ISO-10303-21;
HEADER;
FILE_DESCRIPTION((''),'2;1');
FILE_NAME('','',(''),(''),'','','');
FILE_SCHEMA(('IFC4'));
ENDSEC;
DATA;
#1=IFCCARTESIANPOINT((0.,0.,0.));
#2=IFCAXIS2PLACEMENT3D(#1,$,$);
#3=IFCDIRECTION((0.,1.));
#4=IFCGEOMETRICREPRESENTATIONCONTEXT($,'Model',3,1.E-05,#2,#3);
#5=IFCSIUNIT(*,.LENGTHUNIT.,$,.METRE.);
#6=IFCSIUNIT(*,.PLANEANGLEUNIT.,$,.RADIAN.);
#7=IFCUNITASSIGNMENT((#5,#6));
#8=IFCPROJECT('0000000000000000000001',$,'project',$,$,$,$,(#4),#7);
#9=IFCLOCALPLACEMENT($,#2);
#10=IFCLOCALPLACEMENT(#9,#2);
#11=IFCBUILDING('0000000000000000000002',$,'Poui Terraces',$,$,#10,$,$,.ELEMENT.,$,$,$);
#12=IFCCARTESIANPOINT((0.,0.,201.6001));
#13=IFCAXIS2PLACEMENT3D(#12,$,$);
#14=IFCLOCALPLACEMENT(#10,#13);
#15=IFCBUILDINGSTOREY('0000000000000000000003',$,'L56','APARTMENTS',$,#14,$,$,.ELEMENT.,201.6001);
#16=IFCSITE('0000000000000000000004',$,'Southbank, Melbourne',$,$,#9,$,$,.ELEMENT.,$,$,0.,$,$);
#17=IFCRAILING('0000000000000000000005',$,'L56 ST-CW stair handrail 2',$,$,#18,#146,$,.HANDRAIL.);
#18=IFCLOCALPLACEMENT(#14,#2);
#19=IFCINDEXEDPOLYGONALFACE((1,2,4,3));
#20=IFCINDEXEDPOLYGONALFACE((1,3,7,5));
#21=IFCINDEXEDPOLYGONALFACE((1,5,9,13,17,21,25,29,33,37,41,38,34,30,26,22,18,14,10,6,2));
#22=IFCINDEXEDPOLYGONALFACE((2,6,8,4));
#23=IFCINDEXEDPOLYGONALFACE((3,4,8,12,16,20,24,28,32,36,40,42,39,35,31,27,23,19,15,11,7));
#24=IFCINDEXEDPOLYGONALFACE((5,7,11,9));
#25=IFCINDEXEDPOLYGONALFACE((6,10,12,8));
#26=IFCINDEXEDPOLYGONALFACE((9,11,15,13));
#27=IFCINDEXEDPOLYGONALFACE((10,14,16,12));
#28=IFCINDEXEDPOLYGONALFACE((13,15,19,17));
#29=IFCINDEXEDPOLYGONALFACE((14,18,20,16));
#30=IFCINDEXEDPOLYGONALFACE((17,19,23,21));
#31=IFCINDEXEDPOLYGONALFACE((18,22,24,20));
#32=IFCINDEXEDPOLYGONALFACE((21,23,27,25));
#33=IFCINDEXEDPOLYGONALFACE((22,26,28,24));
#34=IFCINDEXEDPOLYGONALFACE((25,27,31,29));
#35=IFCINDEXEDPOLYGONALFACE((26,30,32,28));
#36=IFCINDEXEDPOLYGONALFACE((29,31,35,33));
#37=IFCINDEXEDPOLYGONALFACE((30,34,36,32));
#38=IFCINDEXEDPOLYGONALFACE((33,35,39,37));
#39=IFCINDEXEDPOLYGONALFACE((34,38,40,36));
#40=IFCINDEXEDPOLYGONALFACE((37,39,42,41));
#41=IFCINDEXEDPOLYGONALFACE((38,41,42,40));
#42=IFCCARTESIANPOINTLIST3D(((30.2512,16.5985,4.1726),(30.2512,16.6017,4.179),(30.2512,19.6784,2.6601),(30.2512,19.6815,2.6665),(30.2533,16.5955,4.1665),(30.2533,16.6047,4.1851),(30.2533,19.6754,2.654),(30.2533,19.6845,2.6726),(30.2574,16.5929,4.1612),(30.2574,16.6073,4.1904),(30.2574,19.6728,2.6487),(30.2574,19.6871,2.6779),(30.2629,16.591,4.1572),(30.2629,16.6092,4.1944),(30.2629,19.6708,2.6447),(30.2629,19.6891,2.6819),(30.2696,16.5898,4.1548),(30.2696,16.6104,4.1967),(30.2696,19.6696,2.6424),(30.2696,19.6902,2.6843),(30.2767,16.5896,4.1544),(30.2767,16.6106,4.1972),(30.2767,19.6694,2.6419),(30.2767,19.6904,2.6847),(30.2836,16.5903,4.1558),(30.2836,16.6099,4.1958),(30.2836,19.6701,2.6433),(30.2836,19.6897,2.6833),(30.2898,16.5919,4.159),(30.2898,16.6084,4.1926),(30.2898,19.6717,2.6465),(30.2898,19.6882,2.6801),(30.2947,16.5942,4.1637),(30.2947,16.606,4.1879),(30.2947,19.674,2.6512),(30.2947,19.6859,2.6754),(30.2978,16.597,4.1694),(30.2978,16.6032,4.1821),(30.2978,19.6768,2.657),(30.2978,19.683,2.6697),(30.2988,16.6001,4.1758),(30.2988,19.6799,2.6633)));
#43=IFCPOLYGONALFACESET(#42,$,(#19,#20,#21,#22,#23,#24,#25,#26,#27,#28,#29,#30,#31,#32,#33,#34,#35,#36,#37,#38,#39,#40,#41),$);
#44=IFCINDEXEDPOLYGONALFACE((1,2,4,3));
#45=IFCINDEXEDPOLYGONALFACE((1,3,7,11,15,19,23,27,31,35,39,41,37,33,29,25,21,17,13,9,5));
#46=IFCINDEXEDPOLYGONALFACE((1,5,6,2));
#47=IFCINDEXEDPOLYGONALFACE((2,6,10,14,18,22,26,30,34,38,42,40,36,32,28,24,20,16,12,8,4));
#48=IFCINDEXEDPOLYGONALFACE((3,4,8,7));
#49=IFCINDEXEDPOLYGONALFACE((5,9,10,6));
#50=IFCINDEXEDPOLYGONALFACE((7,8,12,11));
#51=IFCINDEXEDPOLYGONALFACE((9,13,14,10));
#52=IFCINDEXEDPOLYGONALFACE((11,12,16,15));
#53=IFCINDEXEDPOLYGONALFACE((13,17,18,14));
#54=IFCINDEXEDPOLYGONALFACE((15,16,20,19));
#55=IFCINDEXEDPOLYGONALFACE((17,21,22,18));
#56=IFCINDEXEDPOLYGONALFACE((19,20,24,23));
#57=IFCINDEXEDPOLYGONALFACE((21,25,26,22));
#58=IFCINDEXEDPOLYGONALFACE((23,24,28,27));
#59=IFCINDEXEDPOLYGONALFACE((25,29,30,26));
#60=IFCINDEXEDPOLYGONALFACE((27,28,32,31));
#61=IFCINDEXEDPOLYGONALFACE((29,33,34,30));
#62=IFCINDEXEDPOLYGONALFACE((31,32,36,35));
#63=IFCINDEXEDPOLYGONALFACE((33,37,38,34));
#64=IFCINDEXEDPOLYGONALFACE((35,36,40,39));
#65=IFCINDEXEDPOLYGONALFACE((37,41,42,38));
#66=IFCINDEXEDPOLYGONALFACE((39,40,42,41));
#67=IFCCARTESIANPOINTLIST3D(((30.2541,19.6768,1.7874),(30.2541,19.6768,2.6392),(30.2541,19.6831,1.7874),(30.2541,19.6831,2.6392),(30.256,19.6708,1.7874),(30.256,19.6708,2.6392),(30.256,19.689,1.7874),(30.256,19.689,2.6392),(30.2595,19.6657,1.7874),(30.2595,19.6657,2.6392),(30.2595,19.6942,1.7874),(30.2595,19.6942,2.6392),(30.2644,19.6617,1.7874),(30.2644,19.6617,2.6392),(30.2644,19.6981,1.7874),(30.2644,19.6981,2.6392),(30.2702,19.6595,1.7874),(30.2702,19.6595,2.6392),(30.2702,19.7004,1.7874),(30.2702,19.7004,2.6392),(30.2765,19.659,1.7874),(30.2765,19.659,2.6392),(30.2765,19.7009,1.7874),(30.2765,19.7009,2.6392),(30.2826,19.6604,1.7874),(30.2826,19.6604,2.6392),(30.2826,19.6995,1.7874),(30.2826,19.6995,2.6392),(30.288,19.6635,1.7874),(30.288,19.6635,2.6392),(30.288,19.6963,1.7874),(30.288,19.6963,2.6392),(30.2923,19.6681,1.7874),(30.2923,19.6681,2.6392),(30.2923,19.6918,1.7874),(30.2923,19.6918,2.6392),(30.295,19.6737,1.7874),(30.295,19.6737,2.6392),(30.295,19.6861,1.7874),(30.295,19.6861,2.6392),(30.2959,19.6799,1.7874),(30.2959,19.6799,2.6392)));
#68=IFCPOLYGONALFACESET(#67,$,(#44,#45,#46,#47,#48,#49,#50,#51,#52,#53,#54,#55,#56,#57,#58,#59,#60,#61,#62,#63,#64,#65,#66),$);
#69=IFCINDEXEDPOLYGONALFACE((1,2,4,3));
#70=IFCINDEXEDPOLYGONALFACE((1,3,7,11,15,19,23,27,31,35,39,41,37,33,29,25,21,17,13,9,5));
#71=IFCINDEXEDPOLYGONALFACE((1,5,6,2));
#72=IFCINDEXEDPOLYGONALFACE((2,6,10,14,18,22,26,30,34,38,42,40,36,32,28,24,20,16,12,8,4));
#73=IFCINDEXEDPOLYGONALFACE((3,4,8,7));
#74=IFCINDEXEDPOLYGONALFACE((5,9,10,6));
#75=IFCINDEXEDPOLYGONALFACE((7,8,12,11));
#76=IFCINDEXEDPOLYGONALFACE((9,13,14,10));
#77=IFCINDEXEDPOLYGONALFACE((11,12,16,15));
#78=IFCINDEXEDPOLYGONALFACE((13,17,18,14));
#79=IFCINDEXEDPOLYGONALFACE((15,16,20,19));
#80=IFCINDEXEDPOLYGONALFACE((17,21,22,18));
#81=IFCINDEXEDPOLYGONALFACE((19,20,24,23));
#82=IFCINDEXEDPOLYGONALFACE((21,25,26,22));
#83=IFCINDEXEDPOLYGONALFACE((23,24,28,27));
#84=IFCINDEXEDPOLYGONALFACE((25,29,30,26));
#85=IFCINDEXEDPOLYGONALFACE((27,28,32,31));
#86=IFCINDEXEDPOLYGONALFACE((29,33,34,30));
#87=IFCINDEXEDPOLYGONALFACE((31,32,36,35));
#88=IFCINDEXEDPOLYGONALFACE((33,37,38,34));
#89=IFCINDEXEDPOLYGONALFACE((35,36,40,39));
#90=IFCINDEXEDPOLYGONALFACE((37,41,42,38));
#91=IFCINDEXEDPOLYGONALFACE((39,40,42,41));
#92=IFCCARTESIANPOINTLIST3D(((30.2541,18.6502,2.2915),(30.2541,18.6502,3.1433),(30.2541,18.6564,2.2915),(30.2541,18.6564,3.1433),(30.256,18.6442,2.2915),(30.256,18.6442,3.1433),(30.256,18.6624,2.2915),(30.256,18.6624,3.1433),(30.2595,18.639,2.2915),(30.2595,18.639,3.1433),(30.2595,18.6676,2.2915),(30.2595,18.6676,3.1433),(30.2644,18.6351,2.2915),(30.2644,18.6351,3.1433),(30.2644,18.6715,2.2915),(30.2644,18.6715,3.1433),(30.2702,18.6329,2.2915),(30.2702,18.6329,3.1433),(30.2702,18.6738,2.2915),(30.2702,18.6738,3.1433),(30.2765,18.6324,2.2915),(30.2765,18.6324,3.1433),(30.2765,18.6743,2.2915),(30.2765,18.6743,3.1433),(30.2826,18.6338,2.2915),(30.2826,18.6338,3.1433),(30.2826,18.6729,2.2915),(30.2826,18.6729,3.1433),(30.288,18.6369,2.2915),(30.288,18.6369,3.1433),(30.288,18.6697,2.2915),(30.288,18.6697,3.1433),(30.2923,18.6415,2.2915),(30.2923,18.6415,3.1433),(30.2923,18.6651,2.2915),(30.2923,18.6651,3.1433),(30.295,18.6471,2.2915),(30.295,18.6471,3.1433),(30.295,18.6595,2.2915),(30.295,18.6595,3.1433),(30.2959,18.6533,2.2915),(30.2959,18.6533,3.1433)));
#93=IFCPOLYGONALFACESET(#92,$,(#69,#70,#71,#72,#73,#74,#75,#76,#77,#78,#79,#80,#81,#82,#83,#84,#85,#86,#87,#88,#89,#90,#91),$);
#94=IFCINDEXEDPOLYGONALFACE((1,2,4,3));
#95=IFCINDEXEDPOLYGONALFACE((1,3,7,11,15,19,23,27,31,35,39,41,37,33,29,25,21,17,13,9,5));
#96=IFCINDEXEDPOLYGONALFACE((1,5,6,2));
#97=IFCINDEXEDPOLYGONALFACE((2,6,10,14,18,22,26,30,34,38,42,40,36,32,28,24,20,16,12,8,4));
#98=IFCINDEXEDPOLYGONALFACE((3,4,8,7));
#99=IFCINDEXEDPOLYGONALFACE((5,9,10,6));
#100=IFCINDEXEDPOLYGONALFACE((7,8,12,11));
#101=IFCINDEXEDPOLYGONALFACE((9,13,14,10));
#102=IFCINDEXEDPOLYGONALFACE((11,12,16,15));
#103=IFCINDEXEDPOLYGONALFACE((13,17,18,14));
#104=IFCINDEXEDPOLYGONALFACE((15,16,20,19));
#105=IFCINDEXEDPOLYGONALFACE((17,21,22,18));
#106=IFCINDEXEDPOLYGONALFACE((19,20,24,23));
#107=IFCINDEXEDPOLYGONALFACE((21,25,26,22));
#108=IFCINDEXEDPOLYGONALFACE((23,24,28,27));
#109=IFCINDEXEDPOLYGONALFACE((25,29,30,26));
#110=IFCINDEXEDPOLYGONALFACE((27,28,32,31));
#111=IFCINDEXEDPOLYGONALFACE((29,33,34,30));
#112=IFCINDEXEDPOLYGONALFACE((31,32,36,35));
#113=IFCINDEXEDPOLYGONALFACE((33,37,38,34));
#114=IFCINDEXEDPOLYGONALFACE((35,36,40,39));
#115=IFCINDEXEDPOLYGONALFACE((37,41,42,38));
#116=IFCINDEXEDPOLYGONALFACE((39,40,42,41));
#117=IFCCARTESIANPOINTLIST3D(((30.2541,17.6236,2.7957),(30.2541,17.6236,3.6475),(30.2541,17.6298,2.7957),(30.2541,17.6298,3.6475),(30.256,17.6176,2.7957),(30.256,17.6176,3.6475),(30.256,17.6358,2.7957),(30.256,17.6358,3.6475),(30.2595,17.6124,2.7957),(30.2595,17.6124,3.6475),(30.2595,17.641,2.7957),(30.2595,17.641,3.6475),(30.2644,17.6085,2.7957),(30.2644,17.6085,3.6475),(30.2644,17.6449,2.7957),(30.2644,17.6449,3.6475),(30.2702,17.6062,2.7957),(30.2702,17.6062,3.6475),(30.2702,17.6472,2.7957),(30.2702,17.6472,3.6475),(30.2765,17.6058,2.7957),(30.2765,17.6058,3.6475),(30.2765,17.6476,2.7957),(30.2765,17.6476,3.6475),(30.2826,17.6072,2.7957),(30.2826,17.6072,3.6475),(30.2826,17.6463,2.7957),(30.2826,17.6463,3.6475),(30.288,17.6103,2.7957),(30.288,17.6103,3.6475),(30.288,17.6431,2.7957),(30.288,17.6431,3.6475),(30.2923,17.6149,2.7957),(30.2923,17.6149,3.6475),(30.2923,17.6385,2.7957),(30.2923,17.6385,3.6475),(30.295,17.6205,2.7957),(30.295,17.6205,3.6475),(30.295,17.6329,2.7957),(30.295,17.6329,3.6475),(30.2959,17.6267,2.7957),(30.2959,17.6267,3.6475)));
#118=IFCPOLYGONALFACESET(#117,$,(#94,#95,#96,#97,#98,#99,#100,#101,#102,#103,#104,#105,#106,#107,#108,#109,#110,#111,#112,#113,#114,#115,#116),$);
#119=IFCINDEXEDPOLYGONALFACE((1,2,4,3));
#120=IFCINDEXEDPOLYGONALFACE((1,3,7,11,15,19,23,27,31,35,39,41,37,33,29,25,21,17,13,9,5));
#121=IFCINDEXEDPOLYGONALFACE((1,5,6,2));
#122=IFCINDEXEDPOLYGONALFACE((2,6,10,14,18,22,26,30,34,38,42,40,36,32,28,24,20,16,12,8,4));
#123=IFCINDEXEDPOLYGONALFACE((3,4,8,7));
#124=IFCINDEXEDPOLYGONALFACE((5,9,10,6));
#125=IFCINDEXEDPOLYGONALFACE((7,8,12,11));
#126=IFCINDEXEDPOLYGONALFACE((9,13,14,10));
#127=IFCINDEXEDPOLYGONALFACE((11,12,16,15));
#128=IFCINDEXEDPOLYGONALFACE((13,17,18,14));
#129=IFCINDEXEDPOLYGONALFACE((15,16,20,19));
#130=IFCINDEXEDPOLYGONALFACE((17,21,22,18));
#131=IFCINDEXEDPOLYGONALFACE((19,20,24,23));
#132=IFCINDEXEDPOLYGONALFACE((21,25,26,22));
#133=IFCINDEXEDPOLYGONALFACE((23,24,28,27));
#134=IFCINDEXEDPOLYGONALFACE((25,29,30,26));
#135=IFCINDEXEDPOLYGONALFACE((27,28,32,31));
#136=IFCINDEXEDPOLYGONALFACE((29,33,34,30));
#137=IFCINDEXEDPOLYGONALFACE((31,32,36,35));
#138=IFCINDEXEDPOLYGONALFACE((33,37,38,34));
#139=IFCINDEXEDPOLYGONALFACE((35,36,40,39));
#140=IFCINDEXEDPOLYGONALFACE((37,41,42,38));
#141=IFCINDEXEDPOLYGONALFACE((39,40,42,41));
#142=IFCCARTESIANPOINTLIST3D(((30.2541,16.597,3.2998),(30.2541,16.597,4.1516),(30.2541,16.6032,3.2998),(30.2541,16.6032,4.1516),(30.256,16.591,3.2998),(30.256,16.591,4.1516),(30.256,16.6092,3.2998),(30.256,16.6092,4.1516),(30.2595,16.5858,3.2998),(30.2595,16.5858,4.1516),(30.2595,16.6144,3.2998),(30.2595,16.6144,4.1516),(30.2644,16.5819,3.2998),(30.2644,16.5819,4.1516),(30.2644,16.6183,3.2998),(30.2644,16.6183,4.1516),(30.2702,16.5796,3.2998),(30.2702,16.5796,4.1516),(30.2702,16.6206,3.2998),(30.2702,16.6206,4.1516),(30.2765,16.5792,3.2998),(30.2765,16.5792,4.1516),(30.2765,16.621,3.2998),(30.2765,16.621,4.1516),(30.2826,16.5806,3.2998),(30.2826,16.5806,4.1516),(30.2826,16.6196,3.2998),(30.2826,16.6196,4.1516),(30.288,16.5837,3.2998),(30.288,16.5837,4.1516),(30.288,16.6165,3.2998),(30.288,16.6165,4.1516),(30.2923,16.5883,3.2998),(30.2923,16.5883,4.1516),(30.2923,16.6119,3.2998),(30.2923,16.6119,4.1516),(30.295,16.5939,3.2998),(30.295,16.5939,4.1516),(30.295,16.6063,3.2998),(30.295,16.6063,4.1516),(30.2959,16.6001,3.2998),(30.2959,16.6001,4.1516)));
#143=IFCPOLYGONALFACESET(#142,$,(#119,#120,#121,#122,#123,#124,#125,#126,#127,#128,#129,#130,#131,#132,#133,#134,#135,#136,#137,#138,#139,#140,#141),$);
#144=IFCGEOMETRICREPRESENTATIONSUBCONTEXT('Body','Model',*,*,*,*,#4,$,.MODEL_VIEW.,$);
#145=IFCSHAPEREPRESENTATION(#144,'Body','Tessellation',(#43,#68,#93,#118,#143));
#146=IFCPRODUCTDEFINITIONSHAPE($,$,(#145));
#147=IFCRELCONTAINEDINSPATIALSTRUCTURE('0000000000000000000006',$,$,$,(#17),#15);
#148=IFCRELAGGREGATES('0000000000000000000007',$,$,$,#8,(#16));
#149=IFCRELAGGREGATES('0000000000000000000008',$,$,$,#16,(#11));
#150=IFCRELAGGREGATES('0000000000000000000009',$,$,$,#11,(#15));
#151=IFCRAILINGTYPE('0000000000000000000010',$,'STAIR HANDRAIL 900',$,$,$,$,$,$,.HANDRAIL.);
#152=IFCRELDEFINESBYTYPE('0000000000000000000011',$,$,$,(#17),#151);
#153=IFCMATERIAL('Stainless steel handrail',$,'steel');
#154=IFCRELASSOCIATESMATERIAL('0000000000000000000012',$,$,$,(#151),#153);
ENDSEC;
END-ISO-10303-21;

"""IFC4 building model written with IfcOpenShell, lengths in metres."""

from ifc_helpers import new_model, si_unit, direction, frame, origin, origin_2d, place, context, subcontext, project, spatial, circle, extrude, material, type_object, element, save


model = new_model("IFC4")

# Units and contexts
model_context = context("Model", 3, precision=1e-05, world=origin(), true_north=direction((0.0, 1.0)))
body_context = subcontext(model_context, "Body", "Model", "MODEL_VIEW")
ifc_project = project(units=[si_unit("LENGTHUNIT", "METRE"), si_unit("PLANEANGLEUNIT", "RADIAN")], contexts=[model_context])

# Site, building, storey
site_placement = place(None, origin())
site = spatial("IfcSite", under=ifc_project, at=site_placement, Name="Southbank, Melbourne", CompositionType="ELEMENT", RefElevation=0.0)
building_placement = place(site_placement, origin())
building = spatial("IfcBuilding", under=site, at=building_placement, Name="Poui Terraces", CompositionType="ELEMENT")
storey_placement = place(building_placement, frame((0.0, 0.0, 201.6001)))
storey = spatial("IfcBuildingStorey", under=building, at=storey_placement, Name="L56", Description="APARTMENTS", CompositionType="ELEMENT", Elevation=201.6001)

# Railing
ifc_material_1 = material(Name="Stainless steel handrail", Category="steel")
railing_type_1 = type_object("IfcRailingType", Name="STAIR HANDRAIL 900", PredefinedType="HANDRAIL", material=ifc_material_1)
railing_1_placement = place(storey_placement, frame((30.2749, 19.6799, 1.7874)))
element("IfcRailing", 1, at=railing_1_placement, inside=storey, type_object=railing_type_1, Name="L56 ST-CW stair handrail 2", PredefinedType="HANDRAIL", context=body_context, shape_type="SweptSolid", body=[
    extrude(circle(Radius=0.0239, at=origin_2d()), frame((0.0, 0.0, 0.876), z_axis=(0.0, -0.897606, 0.440798), x_axis=(1.0, 0.0, 0.0)), (0.0, 0.0, 1.0), 3.4312),
    extrude(circle(Radius=0.021, at=origin_2d()), origin(), (0.0, 0.0, 1.0), 0.8518),
    extrude(circle(Radius=0.021, at=origin_2d()), frame((0.0, -1.0266, 0.5042)), (0.0, 0.0, 1.0), 0.8518),
    extrude(circle(Radius=0.021, at=origin_2d()), frame((0.0, -2.0532, 1.0083)), (0.0, 0.0, 1.0), 0.8518),
    extrude(circle(Radius=0.021, at=origin_2d()), frame((0.0, -3.0798, 1.5125)), (0.0, 0.0, 1.0), 0.8518),
])

save(model, "model.ifc")
